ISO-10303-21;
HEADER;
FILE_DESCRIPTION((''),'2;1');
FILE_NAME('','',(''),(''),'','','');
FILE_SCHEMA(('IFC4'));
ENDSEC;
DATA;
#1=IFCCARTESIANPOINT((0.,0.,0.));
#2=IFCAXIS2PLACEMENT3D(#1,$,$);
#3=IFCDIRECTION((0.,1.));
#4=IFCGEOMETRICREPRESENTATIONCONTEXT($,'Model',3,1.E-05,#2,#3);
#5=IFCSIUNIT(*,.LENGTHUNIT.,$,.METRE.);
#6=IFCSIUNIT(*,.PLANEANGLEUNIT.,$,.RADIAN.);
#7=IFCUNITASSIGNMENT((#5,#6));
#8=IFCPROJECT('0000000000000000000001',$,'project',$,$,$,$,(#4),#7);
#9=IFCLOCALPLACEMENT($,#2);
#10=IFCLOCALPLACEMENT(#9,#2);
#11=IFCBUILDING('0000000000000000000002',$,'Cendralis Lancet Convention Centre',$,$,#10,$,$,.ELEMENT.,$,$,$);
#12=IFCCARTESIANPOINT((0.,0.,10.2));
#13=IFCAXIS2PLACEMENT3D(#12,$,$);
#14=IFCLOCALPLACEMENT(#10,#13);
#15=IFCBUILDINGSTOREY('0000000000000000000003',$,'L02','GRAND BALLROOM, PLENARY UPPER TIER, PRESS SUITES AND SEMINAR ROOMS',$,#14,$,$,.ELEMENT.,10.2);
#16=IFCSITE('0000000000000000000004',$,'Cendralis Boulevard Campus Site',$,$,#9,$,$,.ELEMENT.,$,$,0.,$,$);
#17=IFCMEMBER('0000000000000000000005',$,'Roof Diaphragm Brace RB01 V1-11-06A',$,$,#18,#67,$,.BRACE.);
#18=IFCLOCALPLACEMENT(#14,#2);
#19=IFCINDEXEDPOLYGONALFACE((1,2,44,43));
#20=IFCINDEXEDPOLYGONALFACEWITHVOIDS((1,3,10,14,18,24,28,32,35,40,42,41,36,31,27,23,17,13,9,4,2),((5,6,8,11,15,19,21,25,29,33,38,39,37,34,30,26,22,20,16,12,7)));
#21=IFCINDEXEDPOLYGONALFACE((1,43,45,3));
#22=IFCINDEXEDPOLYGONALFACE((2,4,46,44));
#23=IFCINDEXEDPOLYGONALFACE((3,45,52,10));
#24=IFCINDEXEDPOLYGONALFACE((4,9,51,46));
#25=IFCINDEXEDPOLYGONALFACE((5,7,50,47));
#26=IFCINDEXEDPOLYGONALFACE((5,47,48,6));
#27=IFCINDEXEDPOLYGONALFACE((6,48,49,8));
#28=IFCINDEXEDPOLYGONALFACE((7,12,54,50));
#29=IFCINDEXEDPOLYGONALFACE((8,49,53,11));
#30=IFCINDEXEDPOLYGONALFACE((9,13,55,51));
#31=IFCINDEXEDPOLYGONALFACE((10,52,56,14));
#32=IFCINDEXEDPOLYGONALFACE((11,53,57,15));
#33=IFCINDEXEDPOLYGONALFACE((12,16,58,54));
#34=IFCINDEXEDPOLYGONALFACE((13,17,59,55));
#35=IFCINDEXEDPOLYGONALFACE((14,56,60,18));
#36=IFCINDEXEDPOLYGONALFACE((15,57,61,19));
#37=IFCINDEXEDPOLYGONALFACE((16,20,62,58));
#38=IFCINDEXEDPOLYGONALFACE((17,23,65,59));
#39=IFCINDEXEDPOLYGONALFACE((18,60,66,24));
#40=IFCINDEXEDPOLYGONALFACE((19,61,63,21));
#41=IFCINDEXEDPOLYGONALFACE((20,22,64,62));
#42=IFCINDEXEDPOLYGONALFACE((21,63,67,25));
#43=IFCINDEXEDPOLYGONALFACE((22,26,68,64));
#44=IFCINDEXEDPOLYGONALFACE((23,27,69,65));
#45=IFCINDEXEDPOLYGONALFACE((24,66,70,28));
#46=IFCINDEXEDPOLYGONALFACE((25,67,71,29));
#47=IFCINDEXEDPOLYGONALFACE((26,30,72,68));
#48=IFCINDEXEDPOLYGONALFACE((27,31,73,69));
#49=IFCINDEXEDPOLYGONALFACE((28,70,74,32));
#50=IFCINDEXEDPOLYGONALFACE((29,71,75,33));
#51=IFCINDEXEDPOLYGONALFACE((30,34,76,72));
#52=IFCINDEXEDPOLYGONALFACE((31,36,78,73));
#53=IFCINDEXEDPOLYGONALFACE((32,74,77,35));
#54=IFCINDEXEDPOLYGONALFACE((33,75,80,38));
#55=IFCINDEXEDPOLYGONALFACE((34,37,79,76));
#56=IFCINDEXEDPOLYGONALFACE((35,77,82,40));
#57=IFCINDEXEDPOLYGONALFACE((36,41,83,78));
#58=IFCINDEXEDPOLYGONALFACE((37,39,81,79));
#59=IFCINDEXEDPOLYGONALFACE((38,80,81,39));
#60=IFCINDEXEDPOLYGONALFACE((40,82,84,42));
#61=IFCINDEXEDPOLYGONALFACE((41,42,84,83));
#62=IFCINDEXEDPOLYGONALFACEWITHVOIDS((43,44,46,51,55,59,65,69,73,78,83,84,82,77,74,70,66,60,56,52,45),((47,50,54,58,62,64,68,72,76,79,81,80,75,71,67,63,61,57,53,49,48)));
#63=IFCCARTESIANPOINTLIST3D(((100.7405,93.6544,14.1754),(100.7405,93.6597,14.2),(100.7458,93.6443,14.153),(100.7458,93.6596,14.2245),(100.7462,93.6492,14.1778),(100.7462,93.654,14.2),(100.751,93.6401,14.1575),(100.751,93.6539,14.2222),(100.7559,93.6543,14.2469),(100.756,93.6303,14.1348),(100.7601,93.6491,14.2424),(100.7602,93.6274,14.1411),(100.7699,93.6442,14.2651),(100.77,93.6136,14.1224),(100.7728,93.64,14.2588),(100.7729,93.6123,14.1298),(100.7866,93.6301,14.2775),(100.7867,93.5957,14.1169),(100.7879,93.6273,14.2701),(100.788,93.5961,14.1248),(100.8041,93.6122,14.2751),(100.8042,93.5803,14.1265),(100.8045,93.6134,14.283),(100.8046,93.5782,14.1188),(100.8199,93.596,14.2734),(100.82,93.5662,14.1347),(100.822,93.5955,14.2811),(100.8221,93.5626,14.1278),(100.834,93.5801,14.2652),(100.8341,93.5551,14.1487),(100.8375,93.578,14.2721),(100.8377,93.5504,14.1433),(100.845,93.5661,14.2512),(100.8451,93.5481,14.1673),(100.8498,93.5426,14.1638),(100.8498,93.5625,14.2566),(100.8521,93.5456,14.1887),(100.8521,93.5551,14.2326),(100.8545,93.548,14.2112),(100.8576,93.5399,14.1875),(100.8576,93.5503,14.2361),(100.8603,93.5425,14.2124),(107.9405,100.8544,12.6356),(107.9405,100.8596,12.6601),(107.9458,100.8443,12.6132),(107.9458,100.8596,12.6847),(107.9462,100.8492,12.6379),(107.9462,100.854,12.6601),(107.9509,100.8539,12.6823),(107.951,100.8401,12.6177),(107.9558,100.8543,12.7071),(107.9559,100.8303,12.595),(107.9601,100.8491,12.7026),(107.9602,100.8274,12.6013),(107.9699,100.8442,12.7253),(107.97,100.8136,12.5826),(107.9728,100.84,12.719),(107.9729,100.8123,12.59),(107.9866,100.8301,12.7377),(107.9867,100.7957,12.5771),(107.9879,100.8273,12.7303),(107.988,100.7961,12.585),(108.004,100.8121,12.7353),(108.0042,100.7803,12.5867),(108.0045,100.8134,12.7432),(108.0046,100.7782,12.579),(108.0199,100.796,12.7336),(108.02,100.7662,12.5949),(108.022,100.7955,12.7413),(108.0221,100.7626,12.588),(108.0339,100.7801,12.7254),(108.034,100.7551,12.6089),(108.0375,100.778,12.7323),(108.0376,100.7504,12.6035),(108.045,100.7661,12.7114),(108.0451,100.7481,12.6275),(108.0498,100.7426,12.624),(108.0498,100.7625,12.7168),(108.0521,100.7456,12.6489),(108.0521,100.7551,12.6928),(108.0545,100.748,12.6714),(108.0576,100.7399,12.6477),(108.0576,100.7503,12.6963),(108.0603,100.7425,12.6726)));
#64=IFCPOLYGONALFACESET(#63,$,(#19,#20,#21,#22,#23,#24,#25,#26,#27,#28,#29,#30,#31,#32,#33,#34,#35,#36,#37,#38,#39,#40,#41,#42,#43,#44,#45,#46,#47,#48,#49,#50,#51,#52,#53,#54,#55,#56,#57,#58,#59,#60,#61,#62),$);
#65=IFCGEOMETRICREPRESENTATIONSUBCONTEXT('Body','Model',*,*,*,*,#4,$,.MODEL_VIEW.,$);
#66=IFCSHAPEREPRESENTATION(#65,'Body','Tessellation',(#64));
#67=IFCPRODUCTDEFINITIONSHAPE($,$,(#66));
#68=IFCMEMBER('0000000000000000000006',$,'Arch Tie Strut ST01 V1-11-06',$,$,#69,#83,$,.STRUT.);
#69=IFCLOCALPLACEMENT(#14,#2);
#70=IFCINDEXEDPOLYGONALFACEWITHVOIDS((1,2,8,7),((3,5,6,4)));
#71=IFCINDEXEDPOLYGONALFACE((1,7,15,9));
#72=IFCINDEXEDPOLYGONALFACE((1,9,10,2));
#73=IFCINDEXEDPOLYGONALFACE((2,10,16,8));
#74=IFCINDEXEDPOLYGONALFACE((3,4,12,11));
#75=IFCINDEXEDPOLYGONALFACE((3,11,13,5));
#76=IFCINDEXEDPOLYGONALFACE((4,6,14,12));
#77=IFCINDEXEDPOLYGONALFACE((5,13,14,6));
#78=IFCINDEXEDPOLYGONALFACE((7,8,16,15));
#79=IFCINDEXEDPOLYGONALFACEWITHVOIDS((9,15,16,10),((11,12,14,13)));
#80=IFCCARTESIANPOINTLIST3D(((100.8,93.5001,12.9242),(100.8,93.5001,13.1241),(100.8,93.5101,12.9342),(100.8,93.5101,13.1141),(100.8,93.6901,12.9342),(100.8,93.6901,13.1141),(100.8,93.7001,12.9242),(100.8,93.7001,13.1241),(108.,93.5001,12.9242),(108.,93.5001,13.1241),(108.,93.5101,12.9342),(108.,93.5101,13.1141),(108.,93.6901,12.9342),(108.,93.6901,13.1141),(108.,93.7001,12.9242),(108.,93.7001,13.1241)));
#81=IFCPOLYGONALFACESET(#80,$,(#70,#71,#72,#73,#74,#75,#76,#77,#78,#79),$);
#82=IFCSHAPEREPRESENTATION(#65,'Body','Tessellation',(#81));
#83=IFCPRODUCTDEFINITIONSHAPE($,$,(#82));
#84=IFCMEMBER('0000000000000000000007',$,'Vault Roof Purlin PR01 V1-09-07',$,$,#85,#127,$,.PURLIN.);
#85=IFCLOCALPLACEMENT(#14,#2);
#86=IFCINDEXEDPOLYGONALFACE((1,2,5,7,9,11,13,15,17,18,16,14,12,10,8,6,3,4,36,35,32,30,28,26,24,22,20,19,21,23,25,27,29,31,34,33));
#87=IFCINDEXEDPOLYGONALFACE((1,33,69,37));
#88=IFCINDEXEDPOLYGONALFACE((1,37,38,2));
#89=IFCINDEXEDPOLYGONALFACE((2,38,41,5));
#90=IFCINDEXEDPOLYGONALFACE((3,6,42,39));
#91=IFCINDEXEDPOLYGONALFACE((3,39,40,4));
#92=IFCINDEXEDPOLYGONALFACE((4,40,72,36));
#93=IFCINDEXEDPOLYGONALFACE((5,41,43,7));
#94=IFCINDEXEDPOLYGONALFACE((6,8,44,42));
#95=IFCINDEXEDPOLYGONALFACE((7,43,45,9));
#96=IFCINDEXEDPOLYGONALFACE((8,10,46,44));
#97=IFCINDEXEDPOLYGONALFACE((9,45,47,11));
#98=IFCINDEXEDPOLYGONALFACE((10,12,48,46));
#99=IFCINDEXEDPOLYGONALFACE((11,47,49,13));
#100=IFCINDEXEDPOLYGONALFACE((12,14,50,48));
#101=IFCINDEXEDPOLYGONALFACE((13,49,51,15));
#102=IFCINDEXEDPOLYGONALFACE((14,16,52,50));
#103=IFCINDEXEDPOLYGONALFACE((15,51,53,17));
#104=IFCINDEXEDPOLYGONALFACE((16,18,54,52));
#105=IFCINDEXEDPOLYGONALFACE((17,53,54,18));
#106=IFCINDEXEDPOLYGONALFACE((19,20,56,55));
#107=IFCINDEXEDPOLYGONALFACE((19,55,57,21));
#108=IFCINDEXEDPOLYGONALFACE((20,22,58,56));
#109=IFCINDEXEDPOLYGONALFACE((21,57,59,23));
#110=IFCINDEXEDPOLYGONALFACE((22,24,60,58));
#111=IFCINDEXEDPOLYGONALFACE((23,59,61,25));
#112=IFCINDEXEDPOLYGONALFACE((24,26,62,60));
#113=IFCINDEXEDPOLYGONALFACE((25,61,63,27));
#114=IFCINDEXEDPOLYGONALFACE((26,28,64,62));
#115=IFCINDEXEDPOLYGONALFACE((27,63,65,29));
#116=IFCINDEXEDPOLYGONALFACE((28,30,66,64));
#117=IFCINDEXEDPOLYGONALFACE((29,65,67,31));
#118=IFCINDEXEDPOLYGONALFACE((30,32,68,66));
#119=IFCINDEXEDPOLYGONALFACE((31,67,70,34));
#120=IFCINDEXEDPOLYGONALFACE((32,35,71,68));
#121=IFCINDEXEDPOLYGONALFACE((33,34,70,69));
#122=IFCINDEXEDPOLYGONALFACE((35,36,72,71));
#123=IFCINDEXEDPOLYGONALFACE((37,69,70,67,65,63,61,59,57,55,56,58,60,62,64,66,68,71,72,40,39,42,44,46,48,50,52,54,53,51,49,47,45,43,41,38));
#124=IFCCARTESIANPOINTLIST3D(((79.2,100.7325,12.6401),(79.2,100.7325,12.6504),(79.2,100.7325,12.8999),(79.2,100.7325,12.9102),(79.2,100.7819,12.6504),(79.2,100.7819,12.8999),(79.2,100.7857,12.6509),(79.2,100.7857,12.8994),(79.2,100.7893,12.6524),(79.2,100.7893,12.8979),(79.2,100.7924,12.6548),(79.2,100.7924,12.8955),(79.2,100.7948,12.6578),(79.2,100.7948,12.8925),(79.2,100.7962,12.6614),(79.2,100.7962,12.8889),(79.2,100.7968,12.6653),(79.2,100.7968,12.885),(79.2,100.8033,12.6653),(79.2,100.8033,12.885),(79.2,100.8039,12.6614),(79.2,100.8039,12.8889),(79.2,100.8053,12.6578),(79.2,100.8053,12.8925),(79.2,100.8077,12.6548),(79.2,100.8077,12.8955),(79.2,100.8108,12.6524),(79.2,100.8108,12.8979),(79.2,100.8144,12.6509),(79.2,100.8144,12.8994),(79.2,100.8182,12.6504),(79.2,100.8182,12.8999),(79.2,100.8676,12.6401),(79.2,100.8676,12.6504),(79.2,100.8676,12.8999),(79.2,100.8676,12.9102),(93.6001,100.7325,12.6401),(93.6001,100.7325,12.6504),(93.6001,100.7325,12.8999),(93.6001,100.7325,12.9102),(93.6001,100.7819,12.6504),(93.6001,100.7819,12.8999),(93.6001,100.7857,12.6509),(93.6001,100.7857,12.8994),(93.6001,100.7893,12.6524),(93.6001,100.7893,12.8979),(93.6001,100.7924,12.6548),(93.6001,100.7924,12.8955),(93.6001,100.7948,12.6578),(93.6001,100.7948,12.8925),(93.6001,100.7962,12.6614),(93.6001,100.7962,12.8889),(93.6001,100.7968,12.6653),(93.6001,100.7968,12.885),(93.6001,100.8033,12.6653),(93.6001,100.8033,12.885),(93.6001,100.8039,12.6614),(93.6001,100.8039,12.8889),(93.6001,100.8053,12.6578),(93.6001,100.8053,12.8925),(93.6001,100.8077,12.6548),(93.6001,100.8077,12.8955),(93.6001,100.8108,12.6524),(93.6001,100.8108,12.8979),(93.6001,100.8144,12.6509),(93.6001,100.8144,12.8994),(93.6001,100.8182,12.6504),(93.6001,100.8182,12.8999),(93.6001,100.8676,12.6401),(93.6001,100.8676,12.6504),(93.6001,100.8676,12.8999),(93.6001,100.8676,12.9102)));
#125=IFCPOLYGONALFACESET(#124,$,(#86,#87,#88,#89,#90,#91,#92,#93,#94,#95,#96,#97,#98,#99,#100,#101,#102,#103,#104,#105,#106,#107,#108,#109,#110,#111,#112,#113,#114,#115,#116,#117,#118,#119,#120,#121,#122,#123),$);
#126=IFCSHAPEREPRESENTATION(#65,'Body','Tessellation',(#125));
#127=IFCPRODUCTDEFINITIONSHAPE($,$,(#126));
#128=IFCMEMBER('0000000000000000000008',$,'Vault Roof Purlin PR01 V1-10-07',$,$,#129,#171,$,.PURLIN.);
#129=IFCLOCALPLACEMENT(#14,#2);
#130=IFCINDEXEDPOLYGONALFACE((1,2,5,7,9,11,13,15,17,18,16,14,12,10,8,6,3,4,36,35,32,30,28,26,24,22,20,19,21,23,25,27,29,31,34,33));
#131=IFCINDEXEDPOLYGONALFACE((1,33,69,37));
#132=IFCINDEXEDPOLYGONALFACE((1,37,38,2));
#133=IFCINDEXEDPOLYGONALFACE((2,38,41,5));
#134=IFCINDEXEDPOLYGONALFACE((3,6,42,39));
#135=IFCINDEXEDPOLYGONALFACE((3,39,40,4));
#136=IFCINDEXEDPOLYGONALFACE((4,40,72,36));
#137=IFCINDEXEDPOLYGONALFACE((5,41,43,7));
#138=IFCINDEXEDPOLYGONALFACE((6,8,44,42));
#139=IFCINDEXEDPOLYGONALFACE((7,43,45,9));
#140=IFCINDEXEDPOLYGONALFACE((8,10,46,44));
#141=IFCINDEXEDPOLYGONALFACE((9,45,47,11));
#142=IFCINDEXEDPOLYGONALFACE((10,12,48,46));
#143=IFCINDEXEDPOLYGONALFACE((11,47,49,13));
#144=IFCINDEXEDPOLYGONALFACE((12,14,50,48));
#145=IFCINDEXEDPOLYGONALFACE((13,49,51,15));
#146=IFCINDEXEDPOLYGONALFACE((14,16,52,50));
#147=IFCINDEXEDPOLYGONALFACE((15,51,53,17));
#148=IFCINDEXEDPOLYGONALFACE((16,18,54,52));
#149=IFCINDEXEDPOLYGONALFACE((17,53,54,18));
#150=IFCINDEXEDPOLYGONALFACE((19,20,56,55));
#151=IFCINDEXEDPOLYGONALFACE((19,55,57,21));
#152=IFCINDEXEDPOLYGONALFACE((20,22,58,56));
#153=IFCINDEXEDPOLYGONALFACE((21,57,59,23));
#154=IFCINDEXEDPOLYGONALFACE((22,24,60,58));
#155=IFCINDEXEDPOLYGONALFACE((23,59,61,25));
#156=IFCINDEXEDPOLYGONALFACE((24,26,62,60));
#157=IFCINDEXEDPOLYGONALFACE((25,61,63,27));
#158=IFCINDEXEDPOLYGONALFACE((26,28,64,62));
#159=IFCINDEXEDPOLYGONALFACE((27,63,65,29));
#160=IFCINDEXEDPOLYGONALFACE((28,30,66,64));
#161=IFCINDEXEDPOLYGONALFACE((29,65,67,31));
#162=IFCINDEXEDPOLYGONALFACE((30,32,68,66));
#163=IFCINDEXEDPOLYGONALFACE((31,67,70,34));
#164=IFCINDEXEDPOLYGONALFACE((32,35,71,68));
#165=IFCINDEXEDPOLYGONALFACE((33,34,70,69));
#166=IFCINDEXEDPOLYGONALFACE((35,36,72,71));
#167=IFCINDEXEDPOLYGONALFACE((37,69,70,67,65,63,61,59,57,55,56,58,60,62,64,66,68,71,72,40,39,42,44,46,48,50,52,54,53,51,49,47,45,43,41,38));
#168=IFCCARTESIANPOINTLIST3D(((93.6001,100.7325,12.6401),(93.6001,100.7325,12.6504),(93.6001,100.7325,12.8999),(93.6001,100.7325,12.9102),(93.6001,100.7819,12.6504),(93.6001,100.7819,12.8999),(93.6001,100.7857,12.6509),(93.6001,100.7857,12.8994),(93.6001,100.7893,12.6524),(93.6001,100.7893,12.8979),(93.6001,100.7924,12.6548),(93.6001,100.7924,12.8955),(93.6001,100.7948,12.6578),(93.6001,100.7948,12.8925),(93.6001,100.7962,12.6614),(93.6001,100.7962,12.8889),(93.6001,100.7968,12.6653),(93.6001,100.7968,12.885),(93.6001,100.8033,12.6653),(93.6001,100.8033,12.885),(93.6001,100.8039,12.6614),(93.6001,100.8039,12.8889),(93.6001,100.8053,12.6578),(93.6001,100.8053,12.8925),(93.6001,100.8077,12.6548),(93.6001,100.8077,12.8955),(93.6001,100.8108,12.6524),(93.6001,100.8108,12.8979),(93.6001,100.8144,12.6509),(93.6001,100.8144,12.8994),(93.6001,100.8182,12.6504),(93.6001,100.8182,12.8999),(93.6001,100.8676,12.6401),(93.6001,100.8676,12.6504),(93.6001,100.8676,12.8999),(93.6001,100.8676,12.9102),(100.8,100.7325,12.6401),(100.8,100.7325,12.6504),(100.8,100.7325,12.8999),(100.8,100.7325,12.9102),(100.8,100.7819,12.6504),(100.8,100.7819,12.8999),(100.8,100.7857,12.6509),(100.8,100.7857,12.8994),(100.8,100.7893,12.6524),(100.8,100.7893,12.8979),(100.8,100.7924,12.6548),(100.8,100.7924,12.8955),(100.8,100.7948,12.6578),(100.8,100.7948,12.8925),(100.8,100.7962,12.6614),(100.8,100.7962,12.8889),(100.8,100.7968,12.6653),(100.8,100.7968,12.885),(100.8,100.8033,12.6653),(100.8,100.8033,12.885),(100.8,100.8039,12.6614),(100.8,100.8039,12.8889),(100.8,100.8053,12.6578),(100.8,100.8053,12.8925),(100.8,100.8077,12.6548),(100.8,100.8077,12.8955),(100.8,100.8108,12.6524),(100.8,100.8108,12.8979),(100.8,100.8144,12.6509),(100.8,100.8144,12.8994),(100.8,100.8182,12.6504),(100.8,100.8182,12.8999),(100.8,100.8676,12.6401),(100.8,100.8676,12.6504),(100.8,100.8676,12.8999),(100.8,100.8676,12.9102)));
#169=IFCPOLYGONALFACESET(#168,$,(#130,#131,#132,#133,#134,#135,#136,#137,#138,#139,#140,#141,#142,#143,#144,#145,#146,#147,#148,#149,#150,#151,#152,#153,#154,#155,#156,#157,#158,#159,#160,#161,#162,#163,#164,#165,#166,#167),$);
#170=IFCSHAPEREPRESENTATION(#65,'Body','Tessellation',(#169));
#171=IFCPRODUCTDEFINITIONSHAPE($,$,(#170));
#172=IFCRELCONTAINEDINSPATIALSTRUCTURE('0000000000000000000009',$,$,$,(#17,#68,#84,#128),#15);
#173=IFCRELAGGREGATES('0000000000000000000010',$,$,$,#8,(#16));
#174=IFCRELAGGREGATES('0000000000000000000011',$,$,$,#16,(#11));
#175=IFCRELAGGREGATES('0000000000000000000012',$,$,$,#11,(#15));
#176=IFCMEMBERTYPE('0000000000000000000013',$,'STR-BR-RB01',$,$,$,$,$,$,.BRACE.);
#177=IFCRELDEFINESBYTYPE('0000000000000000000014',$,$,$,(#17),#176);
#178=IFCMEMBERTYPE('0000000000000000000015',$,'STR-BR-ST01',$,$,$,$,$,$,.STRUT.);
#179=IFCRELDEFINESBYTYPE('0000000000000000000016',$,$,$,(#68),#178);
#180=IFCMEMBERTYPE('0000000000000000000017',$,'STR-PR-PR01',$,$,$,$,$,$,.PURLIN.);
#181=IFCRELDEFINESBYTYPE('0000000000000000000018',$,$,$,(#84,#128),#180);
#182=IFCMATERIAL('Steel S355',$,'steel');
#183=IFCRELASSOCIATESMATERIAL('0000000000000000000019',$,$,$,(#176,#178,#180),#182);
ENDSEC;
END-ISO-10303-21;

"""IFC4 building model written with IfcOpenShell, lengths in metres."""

from ifc_helpers import new_model, si_unit, direction, frame, origin, origin_2d, place, context, subcontext, project, spatial, hollow_rectangle, hollow_circle, i_section, extrude, material, material_profile, profile_set, type_object, element, save


model = new_model("IFC4")

# Units and contexts
model_context = context("Model", 3, precision=1e-05, world=origin(), true_north=direction((0.0, 1.0)))
body_context = subcontext(model_context, "Body", "Model", "MODEL_VIEW")
ifc_project = project(units=[si_unit("LENGTHUNIT", "METRE"), si_unit("PLANEANGLEUNIT", "RADIAN")], contexts=[model_context])

# Site, building, storey
site_placement = place(None, origin())
site = spatial("IfcSite", under=ifc_project, at=site_placement, Name="Cendralis Boulevard Campus Site", CompositionType="ELEMENT", RefElevation=0.0)
building_placement = place(site_placement, origin())
building = spatial("IfcBuilding", under=site, at=building_placement, Name="Cendralis Lancet Convention Centre", CompositionType="ELEMENT")
storey_placement = place(building_placement, frame((0.0, 0.0, 10.2)))
storey = spatial("IfcBuildingStorey", under=building, at=storey_placement, Name="L02", Description="GRAND BALLROOM, PLENARY UPPER TIER, PRESS SUITES AND SEMINAR ROOMS", CompositionType="ELEMENT", Elevation=10.2)

# Members
ifc_material = material(Name="Steel S355", Category="steel")
ifc_material_profile_1 = material_profile(ifc_material, hollow_circle(Radius=0.0842, WallThickness=0.0081, at=origin_2d()), Name="CHS 168.3x8.0")
ifc_profile_set_1 = profile_set([ifc_material_profile_1], Name="Steel S355")
member_type_1 = type_object("IfcMemberType", Name="STR-BR-RB01", PredefinedType="BRACE", material=ifc_profile_set_1)
member_1_placement = place(storey_placement, frame((100.8, 93.6001, 14.2), z_axis=(0.699158, 0.699158, -0.149523), x_axis=(-0.707107, 0.707107, 0.0)))
element("IfcMember", 1, at=member_1_placement, inside=storey, type_object=member_type_1, Name="Roof Diaphragm Brace RB01 V1-11-06A", PredefinedType="BRACE", context=body_context, shape_type="SweptSolid", body=[
    extrude(hollow_circle(Radius=0.0842, WallThickness=0.0081, at=origin_2d()), origin(), (0.0, 0.0, 1.0), 10.2981),
])
ifc_material_profile_2 = material_profile(ifc_material, hollow_rectangle(XDim=0.2, YDim=0.2, WallThickness=0.01, at=origin_2d()), Name="SHS 200x200x10.0")
ifc_profile_set_2 = profile_set([ifc_material_profile_2], Name="Steel S355")
member_type_2 = type_object("IfcMemberType", Name="STR-BR-ST01", PredefinedType="STRUT", material=ifc_profile_set_2)
member_2_placement = place(storey_placement, frame((100.8, 93.6001, 13.0242), z_axis=(1.0, 0.0, 0.0), x_axis=(0.0, 1.0, 0.0)))
element("IfcMember", 2, at=member_2_placement, inside=storey, type_object=member_type_2, Name="Arch Tie Strut ST01 V1-11-06", PredefinedType="STRUT", context=body_context, shape_type="SweptSolid", body=[
    extrude(hollow_rectangle(XDim=0.2, YDim=0.2, WallThickness=0.01, at=origin_2d()), origin(), (0.0, 0.0, 1.0), 7.2),
])
ifc_material_profile_3 = material_profile(ifc_material, i_section(OverallWidth=0.135, OverallDepth=0.27, WebThickness=0.0066, FlangeThickness=0.0103, FilletRadius=0.0149, at=origin_2d()), Name="IPE 270")
ifc_profile_set_3 = profile_set([ifc_material_profile_3], Name="Steel S355")
member_type_3 = type_object("IfcMemberType", Name="STR-PR-PR01", PredefinedType="PURLIN", material=ifc_profile_set_3)
member_3_placement = place(storey_placement, frame((79.2, 100.8, 12.7751), z_axis=(1.0, 0.0, 0.0), x_axis=(0.0, 1.0, 0.0)))
element("IfcMember", 3, at=member_3_placement, inside=storey, type_object=member_type_3, Name="Vault Roof Purlin PR01 V1-09-07", PredefinedType="PURLIN", context=body_context, shape_type="SweptSolid", body=[
    extrude(i_section(OverallWidth=0.135, OverallDepth=0.27, WebThickness=0.0066, FlangeThickness=0.0103, FilletRadius=0.0149, at=origin_2d()), origin(), (0.0, 0.0, 1.0), 14.4001),
])
for number, where, z_axis, x_axis, name in (
    (4, (93.6001, 100.8, 12.7751), (1.0, 0.0, 0.0), (0.0, 1.0, 0.0), "Vault Roof Purlin PR01 V1-10-07"),
):
    element("IfcMember", number, at=place(storey_placement, frame(where, z_axis=z_axis, x_axis=x_axis)), inside=storey, type_object=member_type_3, Name=name, PredefinedType="PURLIN", context=body_context, shape_type="SweptSolid", body=[
        extrude(i_section(OverallWidth=0.135, OverallDepth=0.27, WebThickness=0.0066, FlangeThickness=0.0103, FilletRadius=0.0149, at=origin_2d()), origin(), (0.0, 0.0, 1.0), 7.2),
    ])

save(model, "model.ifc")
